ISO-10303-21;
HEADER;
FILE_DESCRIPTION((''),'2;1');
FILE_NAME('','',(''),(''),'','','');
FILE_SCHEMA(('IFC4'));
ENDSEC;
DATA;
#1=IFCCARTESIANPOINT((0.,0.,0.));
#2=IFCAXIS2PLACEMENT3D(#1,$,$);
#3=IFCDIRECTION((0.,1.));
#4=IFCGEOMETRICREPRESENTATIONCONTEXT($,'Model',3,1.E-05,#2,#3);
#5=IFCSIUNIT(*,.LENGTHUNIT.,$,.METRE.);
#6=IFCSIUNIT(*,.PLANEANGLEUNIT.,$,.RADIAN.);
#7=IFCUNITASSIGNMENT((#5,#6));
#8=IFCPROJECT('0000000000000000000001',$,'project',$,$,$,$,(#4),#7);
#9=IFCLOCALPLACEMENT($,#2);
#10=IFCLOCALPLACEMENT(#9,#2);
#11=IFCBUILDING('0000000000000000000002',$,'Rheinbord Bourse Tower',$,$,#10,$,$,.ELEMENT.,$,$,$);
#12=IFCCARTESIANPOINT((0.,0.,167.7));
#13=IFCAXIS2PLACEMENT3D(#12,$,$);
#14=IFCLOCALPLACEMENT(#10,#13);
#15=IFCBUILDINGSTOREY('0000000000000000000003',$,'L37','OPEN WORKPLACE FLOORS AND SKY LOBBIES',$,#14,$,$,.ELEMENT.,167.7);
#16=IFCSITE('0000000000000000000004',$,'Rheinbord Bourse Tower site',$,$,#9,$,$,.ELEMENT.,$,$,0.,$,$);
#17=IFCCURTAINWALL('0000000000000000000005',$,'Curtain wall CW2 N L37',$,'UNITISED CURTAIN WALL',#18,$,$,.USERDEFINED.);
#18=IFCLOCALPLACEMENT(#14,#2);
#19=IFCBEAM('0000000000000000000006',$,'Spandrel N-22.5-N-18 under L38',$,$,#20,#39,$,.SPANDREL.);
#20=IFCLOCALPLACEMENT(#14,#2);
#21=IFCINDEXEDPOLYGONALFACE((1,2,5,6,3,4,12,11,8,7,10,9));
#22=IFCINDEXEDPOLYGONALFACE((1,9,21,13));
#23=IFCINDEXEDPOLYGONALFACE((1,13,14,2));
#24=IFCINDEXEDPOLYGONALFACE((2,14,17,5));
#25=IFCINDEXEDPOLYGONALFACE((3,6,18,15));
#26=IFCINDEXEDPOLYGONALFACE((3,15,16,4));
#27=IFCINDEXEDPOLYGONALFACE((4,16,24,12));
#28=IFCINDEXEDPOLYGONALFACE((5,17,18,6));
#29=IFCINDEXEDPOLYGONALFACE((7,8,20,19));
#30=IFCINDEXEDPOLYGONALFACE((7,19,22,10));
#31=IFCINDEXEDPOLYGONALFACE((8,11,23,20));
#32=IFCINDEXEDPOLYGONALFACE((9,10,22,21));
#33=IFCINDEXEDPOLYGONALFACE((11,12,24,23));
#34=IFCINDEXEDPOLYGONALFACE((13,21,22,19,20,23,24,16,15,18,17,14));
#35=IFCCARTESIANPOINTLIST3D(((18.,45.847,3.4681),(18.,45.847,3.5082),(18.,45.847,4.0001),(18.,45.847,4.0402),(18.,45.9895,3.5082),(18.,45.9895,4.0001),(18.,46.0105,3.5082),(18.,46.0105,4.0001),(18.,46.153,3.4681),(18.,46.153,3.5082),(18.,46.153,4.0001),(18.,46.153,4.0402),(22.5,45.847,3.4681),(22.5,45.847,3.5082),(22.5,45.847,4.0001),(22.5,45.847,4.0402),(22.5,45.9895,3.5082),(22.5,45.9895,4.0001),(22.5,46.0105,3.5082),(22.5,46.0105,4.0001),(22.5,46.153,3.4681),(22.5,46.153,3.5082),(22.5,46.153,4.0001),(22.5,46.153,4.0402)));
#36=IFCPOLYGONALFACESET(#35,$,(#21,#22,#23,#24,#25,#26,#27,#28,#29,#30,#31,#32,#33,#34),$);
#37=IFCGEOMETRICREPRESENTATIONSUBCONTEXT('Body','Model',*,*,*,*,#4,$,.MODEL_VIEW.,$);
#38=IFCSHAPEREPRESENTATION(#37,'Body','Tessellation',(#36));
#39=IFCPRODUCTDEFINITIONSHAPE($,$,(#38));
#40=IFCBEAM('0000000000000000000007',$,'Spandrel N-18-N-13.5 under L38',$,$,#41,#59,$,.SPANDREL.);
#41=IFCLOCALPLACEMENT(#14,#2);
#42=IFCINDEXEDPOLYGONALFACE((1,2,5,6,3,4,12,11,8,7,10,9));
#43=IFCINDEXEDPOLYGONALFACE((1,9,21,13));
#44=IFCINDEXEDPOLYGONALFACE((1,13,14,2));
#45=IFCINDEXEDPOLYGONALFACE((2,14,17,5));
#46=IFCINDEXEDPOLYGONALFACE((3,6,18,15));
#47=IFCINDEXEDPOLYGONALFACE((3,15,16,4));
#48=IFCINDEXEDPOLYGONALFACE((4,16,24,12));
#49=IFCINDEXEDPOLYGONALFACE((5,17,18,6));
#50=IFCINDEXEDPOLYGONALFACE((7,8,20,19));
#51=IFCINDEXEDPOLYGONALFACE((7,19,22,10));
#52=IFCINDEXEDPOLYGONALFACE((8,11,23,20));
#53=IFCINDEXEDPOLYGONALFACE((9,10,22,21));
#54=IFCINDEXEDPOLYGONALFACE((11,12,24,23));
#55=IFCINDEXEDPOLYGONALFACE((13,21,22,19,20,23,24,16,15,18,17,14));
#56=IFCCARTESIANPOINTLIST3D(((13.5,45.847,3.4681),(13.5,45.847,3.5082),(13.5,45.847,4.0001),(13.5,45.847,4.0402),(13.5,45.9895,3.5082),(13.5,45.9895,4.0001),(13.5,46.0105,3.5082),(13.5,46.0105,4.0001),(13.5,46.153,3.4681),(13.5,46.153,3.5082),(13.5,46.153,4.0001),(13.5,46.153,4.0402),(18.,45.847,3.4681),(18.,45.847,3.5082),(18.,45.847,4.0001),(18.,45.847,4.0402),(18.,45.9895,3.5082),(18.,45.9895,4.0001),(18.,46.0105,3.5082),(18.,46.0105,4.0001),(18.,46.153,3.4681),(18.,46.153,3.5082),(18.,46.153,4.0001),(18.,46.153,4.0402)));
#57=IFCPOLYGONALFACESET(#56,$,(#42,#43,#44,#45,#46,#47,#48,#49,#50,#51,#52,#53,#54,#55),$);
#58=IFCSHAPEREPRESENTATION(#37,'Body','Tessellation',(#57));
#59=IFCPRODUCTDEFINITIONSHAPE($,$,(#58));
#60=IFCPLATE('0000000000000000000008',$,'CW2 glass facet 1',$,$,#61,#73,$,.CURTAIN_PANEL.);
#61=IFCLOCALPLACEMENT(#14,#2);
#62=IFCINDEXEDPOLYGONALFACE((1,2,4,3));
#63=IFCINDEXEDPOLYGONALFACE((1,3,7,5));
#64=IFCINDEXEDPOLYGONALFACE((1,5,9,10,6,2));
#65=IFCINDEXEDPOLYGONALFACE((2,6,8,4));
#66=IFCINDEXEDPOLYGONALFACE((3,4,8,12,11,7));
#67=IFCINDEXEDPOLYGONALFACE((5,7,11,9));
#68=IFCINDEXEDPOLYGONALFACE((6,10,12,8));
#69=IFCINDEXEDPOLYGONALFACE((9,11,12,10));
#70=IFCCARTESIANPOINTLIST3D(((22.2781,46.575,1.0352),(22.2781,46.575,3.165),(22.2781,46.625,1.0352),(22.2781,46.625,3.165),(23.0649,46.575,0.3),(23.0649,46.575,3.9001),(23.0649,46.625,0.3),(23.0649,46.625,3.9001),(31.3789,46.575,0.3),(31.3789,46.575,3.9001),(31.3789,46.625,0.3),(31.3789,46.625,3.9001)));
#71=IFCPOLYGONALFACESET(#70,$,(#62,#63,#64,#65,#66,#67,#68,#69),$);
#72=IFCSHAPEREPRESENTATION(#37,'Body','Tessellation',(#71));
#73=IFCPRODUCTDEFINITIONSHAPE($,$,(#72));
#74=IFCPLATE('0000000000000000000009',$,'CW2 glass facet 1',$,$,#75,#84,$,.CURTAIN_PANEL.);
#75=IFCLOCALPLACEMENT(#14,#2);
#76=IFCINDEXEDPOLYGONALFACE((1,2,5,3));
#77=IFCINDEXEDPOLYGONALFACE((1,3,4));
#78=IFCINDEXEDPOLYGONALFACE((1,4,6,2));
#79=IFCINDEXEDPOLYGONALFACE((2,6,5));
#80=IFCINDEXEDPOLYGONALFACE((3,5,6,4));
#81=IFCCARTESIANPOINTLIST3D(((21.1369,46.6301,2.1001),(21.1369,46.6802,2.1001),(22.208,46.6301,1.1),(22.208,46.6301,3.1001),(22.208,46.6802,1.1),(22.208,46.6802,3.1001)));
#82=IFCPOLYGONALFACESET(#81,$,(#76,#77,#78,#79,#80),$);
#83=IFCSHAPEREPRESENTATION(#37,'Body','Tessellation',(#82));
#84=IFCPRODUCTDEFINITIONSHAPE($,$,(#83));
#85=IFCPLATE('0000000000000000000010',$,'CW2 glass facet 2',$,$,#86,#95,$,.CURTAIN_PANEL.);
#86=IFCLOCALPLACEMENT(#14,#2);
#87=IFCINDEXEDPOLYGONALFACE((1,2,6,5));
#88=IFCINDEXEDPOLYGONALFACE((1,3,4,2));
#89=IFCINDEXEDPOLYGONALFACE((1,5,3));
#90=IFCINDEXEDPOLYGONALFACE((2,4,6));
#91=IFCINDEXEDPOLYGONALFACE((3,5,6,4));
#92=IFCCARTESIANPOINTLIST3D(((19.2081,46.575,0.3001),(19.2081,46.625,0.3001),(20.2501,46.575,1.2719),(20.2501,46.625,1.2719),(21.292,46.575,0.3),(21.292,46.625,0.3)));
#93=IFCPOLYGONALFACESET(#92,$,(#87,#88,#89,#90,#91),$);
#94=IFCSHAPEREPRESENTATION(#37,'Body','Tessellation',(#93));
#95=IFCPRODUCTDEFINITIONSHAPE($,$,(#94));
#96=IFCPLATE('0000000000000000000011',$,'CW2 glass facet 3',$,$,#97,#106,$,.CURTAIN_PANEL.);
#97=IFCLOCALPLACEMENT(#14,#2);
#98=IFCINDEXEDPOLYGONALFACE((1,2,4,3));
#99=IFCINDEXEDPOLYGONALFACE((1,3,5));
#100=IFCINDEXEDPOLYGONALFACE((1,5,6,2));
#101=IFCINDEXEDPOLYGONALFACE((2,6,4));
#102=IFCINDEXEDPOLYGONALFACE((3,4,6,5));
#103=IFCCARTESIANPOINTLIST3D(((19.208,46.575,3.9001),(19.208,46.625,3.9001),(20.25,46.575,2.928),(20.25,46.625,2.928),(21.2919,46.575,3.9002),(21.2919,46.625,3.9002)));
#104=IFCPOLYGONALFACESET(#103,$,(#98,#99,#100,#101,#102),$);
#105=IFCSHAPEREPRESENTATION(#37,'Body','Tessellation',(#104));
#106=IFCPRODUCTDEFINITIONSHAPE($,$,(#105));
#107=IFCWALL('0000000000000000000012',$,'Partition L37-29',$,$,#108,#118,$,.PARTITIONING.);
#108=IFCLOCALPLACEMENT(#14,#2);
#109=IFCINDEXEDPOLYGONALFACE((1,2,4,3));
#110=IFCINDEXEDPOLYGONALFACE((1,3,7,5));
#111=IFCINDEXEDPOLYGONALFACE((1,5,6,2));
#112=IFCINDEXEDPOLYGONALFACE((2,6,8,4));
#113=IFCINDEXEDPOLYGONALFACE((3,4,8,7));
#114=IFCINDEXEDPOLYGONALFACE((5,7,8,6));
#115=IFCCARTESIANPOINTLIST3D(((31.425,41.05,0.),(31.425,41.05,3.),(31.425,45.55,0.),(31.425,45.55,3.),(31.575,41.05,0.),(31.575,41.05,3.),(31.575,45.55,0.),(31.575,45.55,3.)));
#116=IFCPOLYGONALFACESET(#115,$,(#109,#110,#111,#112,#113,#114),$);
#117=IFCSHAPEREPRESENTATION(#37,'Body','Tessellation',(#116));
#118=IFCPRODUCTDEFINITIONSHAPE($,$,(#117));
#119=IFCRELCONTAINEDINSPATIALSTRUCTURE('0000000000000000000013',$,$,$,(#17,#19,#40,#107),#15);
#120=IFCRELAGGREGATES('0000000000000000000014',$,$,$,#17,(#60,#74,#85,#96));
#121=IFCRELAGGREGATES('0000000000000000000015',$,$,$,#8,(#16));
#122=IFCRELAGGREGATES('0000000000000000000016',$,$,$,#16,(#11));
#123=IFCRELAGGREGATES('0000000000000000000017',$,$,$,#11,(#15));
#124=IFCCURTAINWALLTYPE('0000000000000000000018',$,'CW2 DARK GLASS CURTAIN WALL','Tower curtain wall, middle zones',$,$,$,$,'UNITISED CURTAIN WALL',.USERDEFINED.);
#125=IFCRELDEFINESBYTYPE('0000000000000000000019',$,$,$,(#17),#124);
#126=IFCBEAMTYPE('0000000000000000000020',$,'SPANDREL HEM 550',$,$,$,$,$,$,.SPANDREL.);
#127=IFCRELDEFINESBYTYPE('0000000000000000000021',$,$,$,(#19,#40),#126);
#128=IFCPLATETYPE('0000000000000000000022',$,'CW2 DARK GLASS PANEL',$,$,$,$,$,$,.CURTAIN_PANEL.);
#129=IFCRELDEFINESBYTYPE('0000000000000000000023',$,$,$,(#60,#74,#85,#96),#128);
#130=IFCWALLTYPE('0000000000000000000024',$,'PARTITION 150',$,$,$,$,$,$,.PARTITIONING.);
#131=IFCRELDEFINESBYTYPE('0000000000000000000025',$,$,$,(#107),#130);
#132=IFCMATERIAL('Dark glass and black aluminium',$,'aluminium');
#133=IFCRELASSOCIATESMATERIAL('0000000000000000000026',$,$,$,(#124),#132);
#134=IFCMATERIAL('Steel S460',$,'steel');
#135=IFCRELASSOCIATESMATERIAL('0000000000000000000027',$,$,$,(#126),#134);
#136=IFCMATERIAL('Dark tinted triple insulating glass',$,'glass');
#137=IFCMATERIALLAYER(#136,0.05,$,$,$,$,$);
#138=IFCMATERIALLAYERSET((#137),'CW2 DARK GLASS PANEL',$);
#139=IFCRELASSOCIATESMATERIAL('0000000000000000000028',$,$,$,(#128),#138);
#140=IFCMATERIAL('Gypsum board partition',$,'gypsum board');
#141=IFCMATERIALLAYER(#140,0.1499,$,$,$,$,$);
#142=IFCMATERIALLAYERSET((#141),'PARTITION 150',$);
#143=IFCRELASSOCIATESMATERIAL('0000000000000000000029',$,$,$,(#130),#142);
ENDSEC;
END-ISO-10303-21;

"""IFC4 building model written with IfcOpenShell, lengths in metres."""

from ifc_helpers import new_model, si_unit, direction, frame, frame_2d, origin, origin_2d, place, context, subcontext, project, spatial, polyline, rectangle, i_section, outline, extrude, material, layer, layer_set, material_profile, profile_set, type_object, element, aggregate, save


model = new_model("IFC4")

# Units and contexts
model_context = context("Model", 3, precision=1e-05, world=origin(), true_north=direction((0.0, 1.0)))
body_context = subcontext(model_context, "Body", "Model", "MODEL_VIEW")
ifc_project = project(units=[si_unit("LENGTHUNIT", "METRE"), si_unit("PLANEANGLEUNIT", "RADIAN")], contexts=[model_context])

# Site, building, storey
site_placement = place(None, origin())
site = spatial("IfcSite", under=ifc_project, at=site_placement, Name="Rheinbord Bourse Tower site", CompositionType="ELEMENT", RefElevation=0.0)
building_placement = place(site_placement, origin())
building = spatial("IfcBuilding", under=site, at=building_placement, Name="Rheinbord Bourse Tower", CompositionType="ELEMENT")
storey_placement = place(building_placement, frame((0.0, 0.0, 167.7)))
storey = spatial("IfcBuildingStorey", under=building, at=storey_placement, Name="L37", Description="OPEN WORKPLACE FLOORS AND SKY LOBBIES", CompositionType="ELEMENT", Elevation=167.7)

# Curtain wall
ifc_material_1 = material(Name="Dark glass and black aluminium", Category="aluminium")
curtain_wall_type = type_object("IfcCurtainWallType", Name="CW2 DARK GLASS CURTAIN WALL", Description="Tower curtain wall, middle zones", ElementType="UNITISED CURTAIN WALL", PredefinedType="USERDEFINED", material=ifc_material_1)
curtain_wall_placement = place(storey_placement, origin())
curtain_wall = element("IfcCurtainWall", 1, at=curtain_wall_placement, inside=storey, type_object=curtain_wall_type, Name="Curtain wall CW2 N L37", ObjectType="UNITISED CURTAIN WALL", PredefinedType="USERDEFINED")

# Beams
ifc_material_2 = material(Name="Steel S460", Category="steel")
ifc_material_profile_1 = material_profile(ifc_material_2, i_section(OverallWidth=0.3059, OverallDepth=0.572, WebThickness=0.021, FlangeThickness=0.04, at=origin_2d()), Name="HEM 550")
ifc_profile_set_1 = profile_set([ifc_material_profile_1], Name="Steel S460")
beam_type_1 = type_object("IfcBeamType", Name="SPANDREL HEM 550", PredefinedType="SPANDREL", material=ifc_profile_set_1)
for number, where, z_axis, x_axis, name in (
    (2, (22.5, 46.0, 3.7542), (-1.0, 0.0, 0.0), (0.0, -1.0, 0.0), "Spandrel N-22.5-N-18 under L38"),
    (3, (18.0, 46.0, 3.7542), (-1.0, 0.0, 0.0), (0.0, -1.0, 0.0), "Spandrel N-18-N-13.5 under L38"),
):
    element("IfcBeam", number, at=place(storey_placement, frame(where, z_axis=z_axis, x_axis=x_axis)), inside=storey, type_object=beam_type_1, Name=name, PredefinedType="SPANDREL", context=body_context, shape_type="SweptSolid", body=[
        extrude(i_section(OverallWidth=0.3059, OverallDepth=0.572, WebThickness=0.021, FlangeThickness=0.04, at=origin_2d()), origin(), (0.0, 0.0, 1.0), 4.5),
    ])

# Plates
ifc_material_3 = material(Name="Dark tinted triple insulating glass", Category="glass")
ifc_layer_1 = layer(ifc_material_3, 0.05)
ifc_layer_set_1 = layer_set([ifc_layer_1], Name="CW2 DARK GLASS PANEL")
plate_type = type_object("IfcPlateType", Name="CW2 DARK GLASS PANEL", PredefinedType="CURTAIN_PANEL", material=ifc_layer_set_1)
plate_1_placement = place(storey_placement, frame((31.3789, 46.625, 0.3), z_axis=(0.0, -1.0, 0.0), x_axis=(0.0, 0.0, 1.0)))
plate_1 = element("IfcPlate", 4, at=plate_1_placement, type_object=plate_type, Name="CW2 glass facet 1", PredefinedType="CURTAIN_PANEL", context=body_context, shape_type="SweptSolid", body=[
    extrude(outline(polyline([(0.0, 0.0), (3.6001, 0.0), (3.6001, 8.314), (2.865, 9.1008), (0.7351, 9.1008), (0.0, 8.314), (0.0, 0.0)])), origin(), (0.0, 0.0, 1.0), 0.05),
])
plate_2_placement = place(storey_placement, frame((22.208, 46.6802, 3.1001), z_axis=(0.0, -1.0, 0.0), x_axis=(-0.730933, 0.0, -0.682449)))
plate_2 = element("IfcPlate", 5, at=plate_2_placement, type_object=plate_type, Name="CW2 glass facet 1", PredefinedType="CURTAIN_PANEL", context=body_context, shape_type="SweptSolid", body=[
    extrude(outline(polyline([(0.0, 0.0), (1.4653, 0.0), (1.365, 1.4619), (0.0, 0.0)])), origin(), (0.0, 0.0, 1.0), 0.05),
])
plate_3_placement = place(storey_placement, frame((21.292, 46.625, 0.3), z_axis=(0.0, -1.0, 0.0), x_axis=(-0.731266, 0.0, 0.682092)))
plate_3 = element("IfcPlate", 6, at=plate_3_placement, type_object=plate_type, Name="CW2 glass facet 2", PredefinedType="CURTAIN_PANEL", context=body_context, shape_type="SweptSolid", body=[
    extrude(outline(polyline([(0.0, 0.0), (1.4248, 0.0), (1.5239, 1.4214), (0.0, 0.0)])), origin(), (0.0, 0.0, 1.0), 0.05),
])
plate_4_placement = place(storey_placement, frame((19.208, 46.625, 3.9001), z_axis=(0.0, -1.0, 0.0), x_axis=(0.731181, 0.0, -0.682184)))
plate_4 = element("IfcPlate", 7, at=plate_4_placement, type_object=plate_type, Name="CW2 glass facet 3", PredefinedType="CURTAIN_PANEL", context=body_context, shape_type="SweptSolid", body=[
    extrude(outline(polyline([(0.0, 0.0), (1.425, 0.0), (1.5237, 1.4216), (0.0, 0.0)])), origin(), (0.0, 0.0, 1.0), 0.05),
])
aggregate(curtain_wall, [plate_1, plate_2, plate_3, plate_4])

# Wall
ifc_material_4 = material(Name="Gypsum board partition", Category="gypsum board")
ifc_layer_2 = layer(ifc_material_4, 0.1499)
ifc_layer_set_2 = layer_set([ifc_layer_2], Name="PARTITION 150")
wall_type = type_object("IfcWallType", Name="PARTITION 150", PredefinedType="PARTITIONING", material=ifc_layer_set_2)
wall_placement = place(storey_placement, frame((31.5, 41.05, 0.0), z_axis=(0.0, 0.0, 1.0), x_axis=(0.0, 1.0, 0.0)))
element("IfcWall", 8, at=wall_placement, inside=storey, type_object=wall_type, Name="Partition L37-29", PredefinedType="PARTITIONING", context=body_context, shape_type="SweptSolid", body=[
    extrude(rectangle(XDim=4.5, YDim=0.1499, at=frame_2d((2.25, 0.0))), origin(), (0.0, 0.0, 1.0), 3.0),
])

save(model, "model.ifc")
